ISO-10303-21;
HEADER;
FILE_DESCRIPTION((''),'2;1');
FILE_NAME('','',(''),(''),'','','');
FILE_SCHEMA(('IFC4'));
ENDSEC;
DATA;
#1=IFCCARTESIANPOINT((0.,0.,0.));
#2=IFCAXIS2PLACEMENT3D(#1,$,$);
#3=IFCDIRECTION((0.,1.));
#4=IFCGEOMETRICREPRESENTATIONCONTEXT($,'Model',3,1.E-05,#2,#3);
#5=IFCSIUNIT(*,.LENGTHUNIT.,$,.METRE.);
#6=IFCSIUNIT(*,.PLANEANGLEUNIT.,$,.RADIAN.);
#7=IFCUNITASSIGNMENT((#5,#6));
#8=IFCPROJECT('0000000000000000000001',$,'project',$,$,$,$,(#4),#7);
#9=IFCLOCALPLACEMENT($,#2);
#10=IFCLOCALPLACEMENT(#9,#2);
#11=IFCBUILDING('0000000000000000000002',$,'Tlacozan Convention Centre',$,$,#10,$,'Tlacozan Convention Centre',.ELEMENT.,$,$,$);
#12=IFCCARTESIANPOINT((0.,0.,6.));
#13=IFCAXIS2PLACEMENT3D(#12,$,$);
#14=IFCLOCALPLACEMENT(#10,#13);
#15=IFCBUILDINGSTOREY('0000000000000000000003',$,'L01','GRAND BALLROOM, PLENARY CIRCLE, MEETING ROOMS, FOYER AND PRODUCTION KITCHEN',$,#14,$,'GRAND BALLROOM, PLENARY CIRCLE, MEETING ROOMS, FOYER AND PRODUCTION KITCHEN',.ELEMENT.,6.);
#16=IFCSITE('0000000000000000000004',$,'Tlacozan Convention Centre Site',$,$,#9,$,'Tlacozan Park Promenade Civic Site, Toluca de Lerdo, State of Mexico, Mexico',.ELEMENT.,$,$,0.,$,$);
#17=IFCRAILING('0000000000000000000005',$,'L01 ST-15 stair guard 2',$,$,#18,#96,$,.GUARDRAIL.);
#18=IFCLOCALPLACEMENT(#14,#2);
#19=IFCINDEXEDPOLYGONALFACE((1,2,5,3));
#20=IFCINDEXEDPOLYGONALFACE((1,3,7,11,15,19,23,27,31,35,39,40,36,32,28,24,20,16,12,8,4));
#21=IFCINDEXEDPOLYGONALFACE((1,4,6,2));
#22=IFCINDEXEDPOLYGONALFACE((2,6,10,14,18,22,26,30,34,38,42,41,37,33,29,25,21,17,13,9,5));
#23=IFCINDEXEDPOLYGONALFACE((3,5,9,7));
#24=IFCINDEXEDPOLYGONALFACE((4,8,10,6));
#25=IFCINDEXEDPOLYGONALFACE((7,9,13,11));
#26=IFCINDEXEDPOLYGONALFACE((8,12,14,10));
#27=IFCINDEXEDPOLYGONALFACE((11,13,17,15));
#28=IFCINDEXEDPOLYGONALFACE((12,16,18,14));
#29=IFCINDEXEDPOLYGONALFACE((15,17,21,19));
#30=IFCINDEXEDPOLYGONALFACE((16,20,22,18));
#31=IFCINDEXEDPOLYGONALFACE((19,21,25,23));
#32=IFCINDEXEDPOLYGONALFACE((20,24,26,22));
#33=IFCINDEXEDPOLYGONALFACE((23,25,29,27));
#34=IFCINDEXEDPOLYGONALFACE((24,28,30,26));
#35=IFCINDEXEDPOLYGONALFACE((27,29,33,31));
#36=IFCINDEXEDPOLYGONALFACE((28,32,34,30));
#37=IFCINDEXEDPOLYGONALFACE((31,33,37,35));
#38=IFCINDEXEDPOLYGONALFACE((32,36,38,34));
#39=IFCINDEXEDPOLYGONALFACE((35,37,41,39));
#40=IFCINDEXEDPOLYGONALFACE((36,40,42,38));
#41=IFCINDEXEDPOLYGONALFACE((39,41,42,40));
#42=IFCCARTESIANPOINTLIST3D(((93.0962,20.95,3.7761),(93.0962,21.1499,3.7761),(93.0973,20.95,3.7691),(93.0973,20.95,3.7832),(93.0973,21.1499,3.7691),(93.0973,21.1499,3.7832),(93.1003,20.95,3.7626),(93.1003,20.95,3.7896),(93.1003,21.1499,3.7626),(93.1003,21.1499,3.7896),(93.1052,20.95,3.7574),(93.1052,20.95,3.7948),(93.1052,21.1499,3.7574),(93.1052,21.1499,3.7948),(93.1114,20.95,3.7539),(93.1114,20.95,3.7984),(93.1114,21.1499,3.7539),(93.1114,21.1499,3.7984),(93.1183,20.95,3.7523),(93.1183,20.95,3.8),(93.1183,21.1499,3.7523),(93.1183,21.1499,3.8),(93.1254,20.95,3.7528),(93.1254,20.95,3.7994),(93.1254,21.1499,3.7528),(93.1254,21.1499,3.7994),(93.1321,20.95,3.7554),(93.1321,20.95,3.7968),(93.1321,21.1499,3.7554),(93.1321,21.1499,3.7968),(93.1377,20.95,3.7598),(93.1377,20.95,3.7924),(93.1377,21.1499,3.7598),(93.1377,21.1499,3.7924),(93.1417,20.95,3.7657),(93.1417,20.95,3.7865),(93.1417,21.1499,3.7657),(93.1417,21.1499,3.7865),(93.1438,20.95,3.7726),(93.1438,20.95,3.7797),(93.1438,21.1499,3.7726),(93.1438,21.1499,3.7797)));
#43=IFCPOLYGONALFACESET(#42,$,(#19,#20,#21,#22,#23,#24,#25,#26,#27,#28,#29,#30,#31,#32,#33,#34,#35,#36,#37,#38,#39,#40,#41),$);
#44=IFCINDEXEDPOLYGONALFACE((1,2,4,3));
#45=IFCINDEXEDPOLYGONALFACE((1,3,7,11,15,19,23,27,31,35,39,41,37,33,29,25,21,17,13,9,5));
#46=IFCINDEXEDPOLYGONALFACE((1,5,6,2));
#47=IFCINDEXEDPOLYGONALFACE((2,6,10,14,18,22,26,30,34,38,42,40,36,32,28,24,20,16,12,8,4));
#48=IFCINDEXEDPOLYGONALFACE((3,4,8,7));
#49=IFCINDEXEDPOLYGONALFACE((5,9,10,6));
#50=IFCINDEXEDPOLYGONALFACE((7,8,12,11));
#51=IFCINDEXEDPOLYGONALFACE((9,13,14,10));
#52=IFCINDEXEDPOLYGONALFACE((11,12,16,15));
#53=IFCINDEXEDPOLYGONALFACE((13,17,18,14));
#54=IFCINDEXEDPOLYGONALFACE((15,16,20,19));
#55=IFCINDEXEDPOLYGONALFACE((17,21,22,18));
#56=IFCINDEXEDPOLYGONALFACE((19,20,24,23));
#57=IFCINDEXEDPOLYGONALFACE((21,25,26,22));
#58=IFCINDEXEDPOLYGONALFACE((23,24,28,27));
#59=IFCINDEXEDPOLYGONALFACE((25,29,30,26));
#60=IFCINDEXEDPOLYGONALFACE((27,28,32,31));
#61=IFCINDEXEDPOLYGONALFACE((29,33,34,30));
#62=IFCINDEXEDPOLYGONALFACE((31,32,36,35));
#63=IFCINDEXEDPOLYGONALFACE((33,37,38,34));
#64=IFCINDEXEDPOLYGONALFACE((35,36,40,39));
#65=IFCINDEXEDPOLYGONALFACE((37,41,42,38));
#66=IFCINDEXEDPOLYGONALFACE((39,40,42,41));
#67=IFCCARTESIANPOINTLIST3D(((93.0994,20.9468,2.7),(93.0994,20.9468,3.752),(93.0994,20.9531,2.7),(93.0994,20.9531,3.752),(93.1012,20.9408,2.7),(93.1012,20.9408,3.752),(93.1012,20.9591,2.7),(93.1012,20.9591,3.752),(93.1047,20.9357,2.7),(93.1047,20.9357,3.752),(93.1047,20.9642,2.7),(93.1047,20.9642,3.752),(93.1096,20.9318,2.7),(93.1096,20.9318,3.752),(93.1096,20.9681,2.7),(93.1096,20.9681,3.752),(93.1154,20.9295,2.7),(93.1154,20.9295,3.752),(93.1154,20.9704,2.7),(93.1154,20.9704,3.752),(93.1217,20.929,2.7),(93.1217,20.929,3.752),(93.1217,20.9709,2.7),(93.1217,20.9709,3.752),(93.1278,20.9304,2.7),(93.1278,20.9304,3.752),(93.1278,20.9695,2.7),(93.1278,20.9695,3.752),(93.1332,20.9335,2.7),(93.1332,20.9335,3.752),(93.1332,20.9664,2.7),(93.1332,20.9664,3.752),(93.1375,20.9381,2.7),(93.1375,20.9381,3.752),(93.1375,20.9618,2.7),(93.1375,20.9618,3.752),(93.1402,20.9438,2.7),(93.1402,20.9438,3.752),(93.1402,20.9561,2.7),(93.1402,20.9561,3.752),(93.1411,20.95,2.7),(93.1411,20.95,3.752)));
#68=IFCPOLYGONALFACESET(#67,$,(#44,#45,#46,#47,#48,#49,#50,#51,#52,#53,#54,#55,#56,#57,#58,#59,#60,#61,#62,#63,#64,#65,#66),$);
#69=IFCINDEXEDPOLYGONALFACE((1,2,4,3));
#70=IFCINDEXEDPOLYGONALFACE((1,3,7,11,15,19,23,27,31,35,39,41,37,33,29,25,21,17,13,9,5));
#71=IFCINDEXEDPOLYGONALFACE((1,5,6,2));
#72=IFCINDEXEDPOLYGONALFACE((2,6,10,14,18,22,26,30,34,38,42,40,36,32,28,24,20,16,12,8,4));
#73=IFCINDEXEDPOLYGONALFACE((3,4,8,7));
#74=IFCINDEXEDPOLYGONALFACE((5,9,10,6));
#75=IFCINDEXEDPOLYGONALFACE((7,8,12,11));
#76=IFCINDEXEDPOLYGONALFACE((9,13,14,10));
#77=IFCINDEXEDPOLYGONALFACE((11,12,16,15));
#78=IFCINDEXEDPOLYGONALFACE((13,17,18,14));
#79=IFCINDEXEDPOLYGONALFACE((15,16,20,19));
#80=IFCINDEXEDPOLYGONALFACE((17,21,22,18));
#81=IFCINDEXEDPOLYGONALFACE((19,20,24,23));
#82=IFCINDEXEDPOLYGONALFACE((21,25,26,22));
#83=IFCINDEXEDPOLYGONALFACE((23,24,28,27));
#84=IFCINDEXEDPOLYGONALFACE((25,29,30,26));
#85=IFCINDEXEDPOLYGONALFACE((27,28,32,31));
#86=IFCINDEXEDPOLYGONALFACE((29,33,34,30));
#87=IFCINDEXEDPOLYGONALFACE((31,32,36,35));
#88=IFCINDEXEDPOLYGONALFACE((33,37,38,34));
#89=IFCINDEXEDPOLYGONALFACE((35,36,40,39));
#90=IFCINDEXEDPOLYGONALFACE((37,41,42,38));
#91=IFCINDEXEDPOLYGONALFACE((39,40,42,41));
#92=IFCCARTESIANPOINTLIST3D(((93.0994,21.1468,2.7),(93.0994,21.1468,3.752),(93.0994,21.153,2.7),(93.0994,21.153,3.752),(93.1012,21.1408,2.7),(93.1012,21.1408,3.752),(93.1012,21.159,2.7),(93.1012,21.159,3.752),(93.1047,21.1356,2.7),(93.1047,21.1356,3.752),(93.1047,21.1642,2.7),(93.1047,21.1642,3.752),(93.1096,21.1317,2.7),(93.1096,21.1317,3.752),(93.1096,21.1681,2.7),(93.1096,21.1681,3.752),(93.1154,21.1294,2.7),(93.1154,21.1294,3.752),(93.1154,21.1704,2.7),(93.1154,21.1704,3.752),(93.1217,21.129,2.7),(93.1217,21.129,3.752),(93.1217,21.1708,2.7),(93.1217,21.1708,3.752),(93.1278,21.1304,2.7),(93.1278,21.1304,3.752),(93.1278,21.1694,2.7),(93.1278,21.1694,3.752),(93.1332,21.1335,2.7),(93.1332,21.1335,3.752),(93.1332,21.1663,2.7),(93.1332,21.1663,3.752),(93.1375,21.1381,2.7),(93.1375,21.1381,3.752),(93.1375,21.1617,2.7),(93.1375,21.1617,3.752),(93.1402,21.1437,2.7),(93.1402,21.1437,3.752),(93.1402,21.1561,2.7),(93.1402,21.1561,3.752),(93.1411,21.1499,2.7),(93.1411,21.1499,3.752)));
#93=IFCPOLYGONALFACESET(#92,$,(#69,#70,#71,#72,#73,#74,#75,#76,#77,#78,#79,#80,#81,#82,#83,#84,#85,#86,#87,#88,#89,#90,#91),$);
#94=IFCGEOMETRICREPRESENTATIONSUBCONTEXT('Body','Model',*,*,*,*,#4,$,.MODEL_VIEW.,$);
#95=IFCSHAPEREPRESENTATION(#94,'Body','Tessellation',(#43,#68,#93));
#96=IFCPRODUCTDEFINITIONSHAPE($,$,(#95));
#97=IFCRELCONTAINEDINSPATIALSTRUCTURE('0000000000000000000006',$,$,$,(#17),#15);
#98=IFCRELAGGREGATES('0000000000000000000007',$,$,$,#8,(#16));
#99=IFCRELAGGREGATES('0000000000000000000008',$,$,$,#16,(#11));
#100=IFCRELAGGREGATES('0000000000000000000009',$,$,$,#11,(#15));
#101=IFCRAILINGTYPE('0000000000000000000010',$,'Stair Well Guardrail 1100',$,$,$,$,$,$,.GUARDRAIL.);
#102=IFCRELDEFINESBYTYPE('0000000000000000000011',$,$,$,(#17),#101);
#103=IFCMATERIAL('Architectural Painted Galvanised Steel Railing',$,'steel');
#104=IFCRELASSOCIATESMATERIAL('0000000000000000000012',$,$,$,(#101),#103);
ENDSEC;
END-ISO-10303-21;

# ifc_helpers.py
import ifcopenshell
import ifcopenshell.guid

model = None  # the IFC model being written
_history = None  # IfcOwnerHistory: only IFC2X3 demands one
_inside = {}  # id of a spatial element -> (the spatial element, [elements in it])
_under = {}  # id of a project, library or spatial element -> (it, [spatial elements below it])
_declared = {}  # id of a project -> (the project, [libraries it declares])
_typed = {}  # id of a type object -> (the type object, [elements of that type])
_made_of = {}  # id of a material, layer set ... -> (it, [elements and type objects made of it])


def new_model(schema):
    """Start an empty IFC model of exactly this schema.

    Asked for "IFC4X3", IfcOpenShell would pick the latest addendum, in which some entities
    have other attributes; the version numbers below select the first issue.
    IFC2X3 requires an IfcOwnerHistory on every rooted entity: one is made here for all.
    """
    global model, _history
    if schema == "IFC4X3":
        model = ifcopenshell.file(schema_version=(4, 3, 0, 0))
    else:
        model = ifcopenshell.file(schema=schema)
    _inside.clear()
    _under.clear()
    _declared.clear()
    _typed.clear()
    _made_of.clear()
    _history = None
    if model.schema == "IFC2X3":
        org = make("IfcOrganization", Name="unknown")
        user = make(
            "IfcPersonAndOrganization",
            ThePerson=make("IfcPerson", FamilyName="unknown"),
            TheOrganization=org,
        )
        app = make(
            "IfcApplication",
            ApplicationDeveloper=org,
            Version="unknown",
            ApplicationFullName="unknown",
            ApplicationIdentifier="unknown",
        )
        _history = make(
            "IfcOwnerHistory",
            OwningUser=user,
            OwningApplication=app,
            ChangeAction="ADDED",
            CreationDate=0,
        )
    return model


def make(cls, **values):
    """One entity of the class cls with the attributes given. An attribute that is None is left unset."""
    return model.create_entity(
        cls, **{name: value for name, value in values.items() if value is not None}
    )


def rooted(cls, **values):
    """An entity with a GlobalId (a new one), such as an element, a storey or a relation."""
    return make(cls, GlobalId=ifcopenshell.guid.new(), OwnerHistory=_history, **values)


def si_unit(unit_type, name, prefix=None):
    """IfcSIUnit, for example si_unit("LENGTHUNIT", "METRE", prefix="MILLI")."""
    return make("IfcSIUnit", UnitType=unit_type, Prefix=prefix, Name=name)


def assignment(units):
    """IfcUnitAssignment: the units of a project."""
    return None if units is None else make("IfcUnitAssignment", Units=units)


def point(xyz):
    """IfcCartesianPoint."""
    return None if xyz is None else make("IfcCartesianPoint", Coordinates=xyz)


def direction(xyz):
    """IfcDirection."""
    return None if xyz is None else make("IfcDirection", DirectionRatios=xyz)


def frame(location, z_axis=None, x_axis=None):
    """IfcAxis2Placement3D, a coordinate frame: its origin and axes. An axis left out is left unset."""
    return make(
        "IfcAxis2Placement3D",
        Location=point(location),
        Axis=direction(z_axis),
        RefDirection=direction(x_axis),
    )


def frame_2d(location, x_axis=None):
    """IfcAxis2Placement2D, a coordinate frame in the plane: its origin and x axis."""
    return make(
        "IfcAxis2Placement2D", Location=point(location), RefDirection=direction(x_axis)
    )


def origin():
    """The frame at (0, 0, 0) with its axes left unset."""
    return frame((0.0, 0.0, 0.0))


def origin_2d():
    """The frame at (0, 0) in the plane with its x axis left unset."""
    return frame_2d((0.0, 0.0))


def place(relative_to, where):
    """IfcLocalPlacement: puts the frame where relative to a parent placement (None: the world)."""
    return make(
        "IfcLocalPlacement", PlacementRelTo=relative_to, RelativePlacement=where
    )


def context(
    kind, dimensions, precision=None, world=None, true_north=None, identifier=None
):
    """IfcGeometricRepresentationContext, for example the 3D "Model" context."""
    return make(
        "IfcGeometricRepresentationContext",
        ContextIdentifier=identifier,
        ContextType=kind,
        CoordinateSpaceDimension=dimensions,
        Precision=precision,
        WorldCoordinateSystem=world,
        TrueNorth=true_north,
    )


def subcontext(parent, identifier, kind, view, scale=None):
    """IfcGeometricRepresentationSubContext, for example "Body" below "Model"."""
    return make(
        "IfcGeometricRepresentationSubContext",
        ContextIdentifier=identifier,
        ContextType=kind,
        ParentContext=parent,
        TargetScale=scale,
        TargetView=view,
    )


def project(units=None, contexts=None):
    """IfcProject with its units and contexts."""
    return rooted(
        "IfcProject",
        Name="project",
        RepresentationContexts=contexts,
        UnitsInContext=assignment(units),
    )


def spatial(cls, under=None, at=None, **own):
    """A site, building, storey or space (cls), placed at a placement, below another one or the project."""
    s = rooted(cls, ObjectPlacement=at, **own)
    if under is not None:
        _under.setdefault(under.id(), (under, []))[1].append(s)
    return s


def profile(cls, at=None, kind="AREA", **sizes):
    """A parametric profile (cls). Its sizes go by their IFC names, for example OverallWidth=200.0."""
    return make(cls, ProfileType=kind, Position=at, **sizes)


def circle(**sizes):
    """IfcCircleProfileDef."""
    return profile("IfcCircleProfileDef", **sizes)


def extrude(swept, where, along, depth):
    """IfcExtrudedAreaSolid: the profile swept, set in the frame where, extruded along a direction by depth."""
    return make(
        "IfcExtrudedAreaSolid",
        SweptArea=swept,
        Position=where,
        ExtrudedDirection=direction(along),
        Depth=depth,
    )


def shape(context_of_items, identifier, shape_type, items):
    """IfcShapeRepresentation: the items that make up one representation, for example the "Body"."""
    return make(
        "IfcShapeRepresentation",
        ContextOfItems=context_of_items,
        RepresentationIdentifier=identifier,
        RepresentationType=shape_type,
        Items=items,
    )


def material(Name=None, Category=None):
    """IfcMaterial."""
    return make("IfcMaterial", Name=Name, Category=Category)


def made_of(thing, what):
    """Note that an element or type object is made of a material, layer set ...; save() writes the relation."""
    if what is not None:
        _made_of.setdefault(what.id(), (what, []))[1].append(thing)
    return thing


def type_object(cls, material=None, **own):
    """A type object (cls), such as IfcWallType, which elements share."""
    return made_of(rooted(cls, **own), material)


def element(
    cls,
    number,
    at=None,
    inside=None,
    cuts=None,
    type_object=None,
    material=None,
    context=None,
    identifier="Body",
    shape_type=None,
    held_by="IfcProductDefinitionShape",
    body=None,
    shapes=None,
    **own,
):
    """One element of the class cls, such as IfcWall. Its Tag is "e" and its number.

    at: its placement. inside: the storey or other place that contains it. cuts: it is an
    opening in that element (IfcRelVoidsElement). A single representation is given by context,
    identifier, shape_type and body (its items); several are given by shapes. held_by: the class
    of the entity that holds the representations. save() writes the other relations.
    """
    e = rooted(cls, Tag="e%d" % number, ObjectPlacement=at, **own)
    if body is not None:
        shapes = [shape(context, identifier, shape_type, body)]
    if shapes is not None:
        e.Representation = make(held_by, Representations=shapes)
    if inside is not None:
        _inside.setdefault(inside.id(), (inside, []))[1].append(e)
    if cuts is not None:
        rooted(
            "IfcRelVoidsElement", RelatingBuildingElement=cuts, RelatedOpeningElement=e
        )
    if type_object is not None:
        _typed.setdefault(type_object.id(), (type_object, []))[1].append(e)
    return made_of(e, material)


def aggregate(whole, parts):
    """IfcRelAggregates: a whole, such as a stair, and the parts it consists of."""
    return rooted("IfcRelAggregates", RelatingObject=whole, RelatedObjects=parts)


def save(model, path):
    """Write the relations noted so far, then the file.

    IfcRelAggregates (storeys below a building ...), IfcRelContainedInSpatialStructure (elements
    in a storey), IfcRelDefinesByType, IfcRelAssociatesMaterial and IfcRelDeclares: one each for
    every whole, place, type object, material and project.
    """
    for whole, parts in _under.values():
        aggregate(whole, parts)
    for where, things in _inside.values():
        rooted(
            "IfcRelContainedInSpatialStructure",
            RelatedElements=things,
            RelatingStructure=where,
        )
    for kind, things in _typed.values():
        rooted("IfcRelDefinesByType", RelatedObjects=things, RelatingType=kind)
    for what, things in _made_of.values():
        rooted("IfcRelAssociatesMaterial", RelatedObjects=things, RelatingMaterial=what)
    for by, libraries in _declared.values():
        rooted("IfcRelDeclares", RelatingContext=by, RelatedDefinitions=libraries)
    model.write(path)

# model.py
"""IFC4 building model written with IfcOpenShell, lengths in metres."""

from ifc_helpers import new_model, si_unit, direction, frame, origin, origin_2d, place, context, subcontext, project, spatial, circle, extrude, material, type_object, element, save


model = new_model("IFC4")

# Units and contexts
model_context = context("Model", 3, precision=1e-05, world=origin(), true_north=direction((0.0, 1.0)))
body_context = subcontext(model_context, "Body", "Model", "MODEL_VIEW")
ifc_project = project(units=[si_unit("LENGTHUNIT", "METRE"), si_unit("PLANEANGLEUNIT", "RADIAN")], contexts=[model_context])

# Site, building, storey
site_placement = place(None, origin())
site = spatial("IfcSite", under=ifc_project, at=site_placement, Name="Tlacozan Convention Centre Site", LongName="Tlacozan Park Promenade Civic Site, Toluca de Lerdo, State of Mexico, Mexico", CompositionType="ELEMENT", RefElevation=0.0)
building_placement = place(site_placement, origin())
building = spatial("IfcBuilding", under=site, at=building_placement, Name="Tlacozan Convention Centre", LongName="Tlacozan Convention Centre", CompositionType="ELEMENT")
storey_placement = place(building_placement, frame((0.0, 0.0, 6.0)))
storey = spatial("IfcBuildingStorey", under=building, at=storey_placement, Name="L01", Description="GRAND BALLROOM, PLENARY CIRCLE, MEETING ROOMS, FOYER AND PRODUCTION KITCHEN", LongName="GRAND BALLROOM, PLENARY CIRCLE, MEETING ROOMS, FOYER AND PRODUCTION KITCHEN", CompositionType="ELEMENT", Elevation=6.0)

# Railing
ifc_material_1 = material(Name="Architectural Painted Galvanised Steel Railing", Category="steel")
railing_type_1 = type_object("IfcRailingType", Name="Stair Well Guardrail 1100", PredefinedType="GUARDRAIL", material=ifc_material_1)
railing_1_placement = place(storey_placement, frame((93.1201, 20.95, 2.7)))
element("IfcRailing", 1, at=railing_1_placement, inside=storey, type_object=railing_type_1, Name="L01 ST-15 stair guard 2", PredefinedType="GUARDRAIL", context=body_context, shape_type="SweptSolid", body=[
    extrude(circle(Radius=0.0239, at=origin_2d()), frame((0.0, 0.0, 1.0762), z_axis=(0.0, 1.0, 0.0), x_axis=(-1.0, 0.0, 0.0)), (0.0, 0.0, 1.0), 0.2),
    extrude(circle(Radius=0.021, at=origin_2d()), origin(), (0.0, 0.0, 1.0), 1.052),
    extrude(circle(Radius=0.021, at=origin_2d()), frame((0.0, 0.2, 0.0)), (0.0, 0.0, 1.0), 1.052),
])

save(model, "model.ifc")
